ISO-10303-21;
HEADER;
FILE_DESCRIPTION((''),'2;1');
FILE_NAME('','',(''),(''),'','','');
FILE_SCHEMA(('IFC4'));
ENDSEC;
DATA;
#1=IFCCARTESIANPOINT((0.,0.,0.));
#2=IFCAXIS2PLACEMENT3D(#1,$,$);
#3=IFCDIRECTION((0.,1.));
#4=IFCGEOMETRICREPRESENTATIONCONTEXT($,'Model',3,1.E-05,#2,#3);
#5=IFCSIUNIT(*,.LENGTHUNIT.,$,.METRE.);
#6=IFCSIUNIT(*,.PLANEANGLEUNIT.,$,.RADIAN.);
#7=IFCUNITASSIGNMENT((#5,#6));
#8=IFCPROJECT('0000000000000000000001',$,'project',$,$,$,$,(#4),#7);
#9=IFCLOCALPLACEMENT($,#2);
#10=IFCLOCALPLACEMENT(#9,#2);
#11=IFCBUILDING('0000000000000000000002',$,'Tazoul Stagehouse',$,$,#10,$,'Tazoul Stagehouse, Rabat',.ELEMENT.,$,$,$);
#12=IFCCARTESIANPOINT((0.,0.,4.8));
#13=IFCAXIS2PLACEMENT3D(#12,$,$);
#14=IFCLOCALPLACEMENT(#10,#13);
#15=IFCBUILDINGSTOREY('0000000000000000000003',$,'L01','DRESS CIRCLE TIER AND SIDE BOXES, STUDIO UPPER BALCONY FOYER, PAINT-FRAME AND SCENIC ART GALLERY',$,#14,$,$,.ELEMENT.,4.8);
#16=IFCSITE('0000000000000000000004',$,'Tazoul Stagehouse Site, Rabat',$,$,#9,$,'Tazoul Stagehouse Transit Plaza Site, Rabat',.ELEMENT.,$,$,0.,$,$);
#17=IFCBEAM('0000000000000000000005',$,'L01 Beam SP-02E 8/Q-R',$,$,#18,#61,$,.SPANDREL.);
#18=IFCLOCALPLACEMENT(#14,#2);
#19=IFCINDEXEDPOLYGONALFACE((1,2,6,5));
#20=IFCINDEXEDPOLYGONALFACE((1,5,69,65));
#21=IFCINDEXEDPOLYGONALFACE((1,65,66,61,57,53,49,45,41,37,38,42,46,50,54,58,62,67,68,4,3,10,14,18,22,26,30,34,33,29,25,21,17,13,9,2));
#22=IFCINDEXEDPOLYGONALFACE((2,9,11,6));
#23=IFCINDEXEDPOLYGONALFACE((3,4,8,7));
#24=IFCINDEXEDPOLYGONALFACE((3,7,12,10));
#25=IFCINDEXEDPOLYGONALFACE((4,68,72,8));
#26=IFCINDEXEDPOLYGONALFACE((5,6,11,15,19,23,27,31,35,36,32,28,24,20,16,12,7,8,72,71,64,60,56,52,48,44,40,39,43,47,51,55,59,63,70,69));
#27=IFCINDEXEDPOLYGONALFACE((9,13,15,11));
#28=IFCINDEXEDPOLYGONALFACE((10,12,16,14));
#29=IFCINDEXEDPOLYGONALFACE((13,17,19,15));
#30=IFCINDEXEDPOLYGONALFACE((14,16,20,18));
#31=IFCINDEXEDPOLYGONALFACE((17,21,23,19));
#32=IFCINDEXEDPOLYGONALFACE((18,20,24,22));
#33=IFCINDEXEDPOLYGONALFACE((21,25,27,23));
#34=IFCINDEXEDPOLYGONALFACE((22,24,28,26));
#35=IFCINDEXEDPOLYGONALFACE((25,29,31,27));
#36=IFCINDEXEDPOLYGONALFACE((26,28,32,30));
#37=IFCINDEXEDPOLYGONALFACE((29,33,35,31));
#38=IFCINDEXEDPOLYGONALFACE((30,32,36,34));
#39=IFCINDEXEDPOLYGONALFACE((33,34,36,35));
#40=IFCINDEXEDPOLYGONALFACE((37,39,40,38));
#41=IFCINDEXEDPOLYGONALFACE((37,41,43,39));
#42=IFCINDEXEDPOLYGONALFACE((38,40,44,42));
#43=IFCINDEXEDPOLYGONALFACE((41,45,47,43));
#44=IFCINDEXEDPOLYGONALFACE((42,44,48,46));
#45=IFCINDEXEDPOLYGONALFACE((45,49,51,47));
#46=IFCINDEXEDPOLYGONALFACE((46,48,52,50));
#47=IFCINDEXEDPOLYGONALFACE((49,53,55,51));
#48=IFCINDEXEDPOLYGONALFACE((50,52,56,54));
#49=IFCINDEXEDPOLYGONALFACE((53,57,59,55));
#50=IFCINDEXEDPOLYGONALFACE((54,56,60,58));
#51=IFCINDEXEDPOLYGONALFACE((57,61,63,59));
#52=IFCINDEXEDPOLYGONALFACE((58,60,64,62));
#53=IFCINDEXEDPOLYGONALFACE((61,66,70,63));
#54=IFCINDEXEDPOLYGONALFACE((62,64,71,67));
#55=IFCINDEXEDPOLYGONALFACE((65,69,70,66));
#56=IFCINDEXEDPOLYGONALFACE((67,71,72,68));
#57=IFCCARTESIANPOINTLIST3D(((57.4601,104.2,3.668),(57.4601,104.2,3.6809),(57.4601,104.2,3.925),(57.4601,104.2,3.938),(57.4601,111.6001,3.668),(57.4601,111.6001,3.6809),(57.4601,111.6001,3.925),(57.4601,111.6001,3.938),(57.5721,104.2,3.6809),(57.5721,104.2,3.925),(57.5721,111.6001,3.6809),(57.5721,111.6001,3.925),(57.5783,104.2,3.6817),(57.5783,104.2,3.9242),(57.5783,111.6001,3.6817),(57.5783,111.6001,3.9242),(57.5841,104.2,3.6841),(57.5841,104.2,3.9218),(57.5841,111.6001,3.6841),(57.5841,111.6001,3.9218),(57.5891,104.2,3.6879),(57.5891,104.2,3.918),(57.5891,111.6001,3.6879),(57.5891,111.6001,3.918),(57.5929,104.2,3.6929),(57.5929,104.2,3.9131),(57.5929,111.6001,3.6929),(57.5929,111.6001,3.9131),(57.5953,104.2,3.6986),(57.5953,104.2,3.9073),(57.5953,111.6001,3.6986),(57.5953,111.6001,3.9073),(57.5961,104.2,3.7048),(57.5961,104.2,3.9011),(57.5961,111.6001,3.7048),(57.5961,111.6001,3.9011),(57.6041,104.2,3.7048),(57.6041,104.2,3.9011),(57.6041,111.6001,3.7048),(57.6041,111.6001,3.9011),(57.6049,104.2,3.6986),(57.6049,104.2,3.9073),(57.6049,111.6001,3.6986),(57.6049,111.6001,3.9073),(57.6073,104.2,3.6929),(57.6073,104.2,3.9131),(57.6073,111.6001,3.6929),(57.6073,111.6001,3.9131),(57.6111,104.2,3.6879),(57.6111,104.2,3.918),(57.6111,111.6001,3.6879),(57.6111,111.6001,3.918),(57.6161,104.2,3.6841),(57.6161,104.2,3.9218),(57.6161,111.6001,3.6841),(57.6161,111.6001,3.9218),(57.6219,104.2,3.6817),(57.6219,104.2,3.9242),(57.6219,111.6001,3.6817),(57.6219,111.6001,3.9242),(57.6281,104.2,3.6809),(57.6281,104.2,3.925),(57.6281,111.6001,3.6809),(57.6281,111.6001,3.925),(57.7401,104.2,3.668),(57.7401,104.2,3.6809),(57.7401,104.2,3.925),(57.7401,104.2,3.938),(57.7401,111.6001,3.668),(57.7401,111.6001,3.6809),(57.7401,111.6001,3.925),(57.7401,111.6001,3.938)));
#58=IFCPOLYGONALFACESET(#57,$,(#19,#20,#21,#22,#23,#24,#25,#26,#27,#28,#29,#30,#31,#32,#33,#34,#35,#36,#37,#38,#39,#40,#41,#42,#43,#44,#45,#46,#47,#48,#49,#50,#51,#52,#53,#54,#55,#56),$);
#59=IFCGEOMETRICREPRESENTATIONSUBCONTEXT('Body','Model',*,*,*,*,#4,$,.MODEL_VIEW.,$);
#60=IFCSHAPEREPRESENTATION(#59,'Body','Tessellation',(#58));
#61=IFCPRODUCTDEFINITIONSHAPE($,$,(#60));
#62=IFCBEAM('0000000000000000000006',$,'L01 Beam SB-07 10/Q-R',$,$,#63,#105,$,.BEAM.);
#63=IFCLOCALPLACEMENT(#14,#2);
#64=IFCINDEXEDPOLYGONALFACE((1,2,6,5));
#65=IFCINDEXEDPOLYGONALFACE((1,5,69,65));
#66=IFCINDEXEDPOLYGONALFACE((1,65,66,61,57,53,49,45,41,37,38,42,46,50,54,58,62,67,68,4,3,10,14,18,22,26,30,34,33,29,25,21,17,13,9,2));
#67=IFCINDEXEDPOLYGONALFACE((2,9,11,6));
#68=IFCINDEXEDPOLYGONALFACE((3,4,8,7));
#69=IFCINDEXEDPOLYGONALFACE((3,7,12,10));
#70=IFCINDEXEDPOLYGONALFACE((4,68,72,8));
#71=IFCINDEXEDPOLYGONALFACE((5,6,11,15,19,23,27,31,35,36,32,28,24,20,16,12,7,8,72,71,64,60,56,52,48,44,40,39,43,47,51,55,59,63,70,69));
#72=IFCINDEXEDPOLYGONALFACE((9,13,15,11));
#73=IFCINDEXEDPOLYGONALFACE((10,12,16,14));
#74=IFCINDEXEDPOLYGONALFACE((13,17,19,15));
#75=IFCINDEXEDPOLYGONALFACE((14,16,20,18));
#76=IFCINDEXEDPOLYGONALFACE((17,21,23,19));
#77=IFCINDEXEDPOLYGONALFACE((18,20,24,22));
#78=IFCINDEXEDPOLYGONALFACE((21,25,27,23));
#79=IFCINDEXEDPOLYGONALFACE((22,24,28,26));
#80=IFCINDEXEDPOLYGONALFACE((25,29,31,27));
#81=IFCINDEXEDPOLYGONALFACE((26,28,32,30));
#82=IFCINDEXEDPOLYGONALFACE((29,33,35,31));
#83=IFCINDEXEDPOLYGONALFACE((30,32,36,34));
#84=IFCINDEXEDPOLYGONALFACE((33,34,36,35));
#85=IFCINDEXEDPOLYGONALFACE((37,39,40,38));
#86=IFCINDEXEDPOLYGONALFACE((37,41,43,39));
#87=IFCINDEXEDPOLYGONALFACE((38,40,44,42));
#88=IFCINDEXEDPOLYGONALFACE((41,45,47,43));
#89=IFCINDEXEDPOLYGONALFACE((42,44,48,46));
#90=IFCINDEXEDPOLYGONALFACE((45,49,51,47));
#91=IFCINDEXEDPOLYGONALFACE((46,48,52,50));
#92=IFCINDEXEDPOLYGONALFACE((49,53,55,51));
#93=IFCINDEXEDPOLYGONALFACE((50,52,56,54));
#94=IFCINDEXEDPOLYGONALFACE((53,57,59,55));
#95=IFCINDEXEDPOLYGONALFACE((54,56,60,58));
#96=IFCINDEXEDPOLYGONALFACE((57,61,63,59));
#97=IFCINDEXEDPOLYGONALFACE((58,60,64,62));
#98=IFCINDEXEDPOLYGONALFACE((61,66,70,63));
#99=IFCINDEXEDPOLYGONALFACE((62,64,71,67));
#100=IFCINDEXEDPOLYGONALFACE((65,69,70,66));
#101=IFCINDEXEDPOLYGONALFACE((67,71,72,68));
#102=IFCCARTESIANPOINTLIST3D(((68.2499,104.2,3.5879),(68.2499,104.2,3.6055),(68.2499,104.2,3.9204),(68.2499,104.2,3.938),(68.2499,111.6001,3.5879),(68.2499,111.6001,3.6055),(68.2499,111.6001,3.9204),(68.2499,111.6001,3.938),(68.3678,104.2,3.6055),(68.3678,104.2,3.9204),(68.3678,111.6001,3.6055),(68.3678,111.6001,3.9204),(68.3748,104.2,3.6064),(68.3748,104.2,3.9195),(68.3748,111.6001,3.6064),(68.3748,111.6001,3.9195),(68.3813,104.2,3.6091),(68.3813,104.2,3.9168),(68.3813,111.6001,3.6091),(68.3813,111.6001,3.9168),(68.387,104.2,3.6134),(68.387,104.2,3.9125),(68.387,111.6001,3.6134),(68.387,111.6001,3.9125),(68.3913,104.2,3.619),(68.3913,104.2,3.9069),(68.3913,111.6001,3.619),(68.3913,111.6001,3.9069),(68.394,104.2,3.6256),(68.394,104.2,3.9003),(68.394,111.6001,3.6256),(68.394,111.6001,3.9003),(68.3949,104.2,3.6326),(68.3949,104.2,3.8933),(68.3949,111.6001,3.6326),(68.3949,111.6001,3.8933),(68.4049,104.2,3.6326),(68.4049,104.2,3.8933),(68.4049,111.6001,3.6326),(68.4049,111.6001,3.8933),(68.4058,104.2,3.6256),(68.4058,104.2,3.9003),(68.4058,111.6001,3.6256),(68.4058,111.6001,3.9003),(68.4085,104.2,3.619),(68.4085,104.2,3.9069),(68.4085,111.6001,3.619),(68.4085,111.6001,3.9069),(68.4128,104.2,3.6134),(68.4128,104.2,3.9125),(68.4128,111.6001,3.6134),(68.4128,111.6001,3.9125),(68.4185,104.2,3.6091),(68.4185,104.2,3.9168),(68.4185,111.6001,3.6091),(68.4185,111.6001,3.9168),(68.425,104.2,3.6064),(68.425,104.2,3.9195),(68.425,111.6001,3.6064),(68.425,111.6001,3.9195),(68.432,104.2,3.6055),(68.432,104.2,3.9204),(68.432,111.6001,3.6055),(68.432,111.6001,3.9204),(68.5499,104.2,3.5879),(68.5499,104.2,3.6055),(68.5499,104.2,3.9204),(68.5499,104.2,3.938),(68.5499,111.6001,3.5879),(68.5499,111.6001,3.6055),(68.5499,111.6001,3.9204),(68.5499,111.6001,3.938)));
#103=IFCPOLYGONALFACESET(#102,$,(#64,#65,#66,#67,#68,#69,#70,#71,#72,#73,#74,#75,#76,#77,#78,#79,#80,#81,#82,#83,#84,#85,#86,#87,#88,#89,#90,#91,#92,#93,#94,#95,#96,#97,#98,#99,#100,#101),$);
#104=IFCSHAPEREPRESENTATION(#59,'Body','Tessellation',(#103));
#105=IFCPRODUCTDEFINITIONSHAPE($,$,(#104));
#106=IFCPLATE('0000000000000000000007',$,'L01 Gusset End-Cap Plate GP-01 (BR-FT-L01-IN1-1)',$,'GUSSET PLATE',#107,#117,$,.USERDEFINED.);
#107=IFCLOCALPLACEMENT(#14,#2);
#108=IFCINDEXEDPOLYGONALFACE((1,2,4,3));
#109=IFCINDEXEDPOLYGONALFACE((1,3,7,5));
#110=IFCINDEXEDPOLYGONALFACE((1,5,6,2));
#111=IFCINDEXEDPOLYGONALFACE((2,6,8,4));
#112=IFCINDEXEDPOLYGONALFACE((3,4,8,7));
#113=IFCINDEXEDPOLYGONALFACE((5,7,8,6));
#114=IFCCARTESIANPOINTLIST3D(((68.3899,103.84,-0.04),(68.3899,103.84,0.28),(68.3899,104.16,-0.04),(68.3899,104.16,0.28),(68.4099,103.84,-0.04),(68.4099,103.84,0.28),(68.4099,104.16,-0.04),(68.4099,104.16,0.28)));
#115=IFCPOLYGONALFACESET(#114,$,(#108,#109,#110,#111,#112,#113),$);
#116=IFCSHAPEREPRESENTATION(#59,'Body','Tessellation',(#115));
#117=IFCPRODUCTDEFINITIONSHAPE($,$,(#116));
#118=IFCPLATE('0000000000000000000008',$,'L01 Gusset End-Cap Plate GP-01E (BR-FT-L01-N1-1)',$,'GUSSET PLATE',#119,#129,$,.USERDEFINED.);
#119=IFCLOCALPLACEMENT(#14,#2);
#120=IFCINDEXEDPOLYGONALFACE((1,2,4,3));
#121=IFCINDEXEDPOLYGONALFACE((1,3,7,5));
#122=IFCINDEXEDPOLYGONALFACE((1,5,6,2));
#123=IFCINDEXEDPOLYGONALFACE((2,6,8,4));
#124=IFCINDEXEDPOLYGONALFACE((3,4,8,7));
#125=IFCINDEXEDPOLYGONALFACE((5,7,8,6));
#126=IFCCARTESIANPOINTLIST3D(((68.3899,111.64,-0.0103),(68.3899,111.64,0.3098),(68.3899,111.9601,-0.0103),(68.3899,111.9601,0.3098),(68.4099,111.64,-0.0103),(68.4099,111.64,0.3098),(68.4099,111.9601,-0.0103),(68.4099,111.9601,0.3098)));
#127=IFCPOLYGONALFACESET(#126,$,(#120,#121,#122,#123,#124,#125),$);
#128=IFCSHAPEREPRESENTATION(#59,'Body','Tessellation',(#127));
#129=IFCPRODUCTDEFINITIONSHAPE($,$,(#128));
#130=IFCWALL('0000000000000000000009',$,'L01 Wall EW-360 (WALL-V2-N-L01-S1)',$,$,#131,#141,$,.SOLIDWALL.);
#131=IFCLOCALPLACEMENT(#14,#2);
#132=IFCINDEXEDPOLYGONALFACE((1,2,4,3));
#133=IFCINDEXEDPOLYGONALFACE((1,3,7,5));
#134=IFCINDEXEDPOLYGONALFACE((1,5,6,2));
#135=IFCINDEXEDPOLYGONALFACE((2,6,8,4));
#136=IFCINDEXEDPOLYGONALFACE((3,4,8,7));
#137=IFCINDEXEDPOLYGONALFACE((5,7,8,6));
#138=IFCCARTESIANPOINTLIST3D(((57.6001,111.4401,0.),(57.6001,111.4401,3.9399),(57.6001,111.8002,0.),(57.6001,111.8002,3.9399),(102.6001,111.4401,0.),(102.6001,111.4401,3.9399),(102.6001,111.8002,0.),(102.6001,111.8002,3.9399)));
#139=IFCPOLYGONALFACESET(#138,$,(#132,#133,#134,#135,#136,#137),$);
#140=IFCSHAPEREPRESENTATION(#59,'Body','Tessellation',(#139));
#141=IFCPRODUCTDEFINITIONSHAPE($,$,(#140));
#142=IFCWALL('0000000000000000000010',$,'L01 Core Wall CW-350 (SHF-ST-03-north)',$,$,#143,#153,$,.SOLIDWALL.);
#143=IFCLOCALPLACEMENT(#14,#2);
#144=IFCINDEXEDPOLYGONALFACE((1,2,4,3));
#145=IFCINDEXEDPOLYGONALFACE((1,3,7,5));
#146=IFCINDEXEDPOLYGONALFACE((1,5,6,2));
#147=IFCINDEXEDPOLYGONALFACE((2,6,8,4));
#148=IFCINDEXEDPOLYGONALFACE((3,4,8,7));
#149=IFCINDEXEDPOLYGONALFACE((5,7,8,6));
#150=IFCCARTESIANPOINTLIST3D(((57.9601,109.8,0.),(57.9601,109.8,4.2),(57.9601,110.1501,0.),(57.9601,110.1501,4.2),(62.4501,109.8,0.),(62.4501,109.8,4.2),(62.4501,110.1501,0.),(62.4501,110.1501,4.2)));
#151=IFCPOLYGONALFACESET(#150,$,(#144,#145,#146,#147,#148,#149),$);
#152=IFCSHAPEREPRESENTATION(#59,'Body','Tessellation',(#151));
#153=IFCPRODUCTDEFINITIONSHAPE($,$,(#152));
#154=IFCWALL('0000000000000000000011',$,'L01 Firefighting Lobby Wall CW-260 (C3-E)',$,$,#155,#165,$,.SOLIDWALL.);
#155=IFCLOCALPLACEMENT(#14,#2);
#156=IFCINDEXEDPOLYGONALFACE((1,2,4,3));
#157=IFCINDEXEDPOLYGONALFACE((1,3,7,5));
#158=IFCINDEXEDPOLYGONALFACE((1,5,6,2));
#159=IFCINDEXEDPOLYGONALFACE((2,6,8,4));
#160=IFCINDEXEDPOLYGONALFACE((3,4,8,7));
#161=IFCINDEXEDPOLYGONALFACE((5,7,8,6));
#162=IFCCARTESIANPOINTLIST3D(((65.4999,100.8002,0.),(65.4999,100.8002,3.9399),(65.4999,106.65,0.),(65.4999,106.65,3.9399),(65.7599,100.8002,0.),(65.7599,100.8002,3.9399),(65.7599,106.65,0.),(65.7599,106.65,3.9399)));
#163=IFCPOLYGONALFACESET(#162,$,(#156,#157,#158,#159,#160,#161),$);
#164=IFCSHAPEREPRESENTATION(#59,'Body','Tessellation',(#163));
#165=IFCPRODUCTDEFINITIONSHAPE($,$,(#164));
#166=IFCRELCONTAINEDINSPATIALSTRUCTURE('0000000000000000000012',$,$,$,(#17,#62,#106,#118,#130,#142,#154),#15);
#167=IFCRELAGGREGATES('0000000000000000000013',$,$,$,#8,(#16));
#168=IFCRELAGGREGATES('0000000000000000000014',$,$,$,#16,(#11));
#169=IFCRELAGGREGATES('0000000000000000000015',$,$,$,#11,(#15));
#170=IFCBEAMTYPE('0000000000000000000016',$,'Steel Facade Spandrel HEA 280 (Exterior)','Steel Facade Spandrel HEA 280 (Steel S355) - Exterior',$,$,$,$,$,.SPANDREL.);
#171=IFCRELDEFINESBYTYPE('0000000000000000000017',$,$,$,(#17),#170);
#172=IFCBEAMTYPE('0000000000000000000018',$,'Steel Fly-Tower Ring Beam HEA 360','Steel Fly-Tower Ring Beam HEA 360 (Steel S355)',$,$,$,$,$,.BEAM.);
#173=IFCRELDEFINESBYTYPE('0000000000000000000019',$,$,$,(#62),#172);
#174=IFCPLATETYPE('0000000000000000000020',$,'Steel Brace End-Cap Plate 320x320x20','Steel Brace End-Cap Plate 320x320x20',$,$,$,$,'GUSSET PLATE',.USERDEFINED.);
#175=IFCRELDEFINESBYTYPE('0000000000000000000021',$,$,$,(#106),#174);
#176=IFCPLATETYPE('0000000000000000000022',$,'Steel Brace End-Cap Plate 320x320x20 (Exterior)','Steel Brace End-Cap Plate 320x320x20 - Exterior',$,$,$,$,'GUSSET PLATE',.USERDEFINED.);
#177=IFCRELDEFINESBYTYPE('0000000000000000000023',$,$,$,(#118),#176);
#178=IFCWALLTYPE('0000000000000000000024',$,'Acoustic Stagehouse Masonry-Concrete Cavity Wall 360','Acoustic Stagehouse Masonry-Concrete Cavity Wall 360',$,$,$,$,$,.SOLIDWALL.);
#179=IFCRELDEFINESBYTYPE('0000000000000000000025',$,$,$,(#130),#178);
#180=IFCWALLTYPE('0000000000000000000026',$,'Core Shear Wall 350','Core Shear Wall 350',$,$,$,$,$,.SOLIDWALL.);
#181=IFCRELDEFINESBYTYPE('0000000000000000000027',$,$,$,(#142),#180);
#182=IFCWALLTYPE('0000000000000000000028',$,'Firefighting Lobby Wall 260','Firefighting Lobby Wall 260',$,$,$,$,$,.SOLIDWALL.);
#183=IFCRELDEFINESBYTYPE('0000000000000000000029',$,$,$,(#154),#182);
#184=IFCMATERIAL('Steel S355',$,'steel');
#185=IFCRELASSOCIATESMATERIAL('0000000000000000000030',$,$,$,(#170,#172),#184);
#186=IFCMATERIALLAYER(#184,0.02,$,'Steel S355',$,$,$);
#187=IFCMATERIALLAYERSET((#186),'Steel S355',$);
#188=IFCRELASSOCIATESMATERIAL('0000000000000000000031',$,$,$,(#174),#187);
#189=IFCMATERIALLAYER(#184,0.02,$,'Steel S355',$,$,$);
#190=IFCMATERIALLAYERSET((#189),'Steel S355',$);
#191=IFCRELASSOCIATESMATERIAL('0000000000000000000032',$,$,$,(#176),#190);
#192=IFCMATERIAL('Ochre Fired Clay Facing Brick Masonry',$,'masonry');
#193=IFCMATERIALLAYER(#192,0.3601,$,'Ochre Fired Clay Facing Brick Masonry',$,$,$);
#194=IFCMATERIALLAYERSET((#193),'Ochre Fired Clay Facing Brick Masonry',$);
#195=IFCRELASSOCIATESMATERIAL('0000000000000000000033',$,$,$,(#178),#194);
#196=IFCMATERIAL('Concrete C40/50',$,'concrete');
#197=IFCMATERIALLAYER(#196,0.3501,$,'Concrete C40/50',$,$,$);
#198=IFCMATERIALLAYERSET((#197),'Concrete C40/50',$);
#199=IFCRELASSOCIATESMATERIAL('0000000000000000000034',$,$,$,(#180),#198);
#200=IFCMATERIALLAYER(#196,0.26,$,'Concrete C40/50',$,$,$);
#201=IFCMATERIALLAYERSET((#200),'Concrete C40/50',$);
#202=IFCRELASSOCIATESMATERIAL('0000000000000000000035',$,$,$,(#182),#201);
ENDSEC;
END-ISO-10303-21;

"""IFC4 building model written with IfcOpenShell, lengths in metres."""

from ifc_helpers import new_model, si_unit, direction, frame, frame_2d, origin, origin_2d, place, context, subcontext, project, spatial, rectangle, i_section, extrude, material, layer, layer_set, material_profile, profile_set, type_object, element, save


model = new_model("IFC4")

# Units and contexts
model_context = context("Model", 3, precision=1e-05, world=origin(), true_north=direction((0.0, 1.0)))
body_context = subcontext(model_context, "Body", "Model", "MODEL_VIEW")
ifc_project = project(units=[si_unit("LENGTHUNIT", "METRE"), si_unit("PLANEANGLEUNIT", "RADIAN")], contexts=[model_context])

# Site, building, storey
site_placement = place(None, origin())
site = spatial("IfcSite", under=ifc_project, at=site_placement, Name="Tazoul Stagehouse Site, Rabat", LongName="Tazoul Stagehouse Transit Plaza Site, Rabat", CompositionType="ELEMENT", RefElevation=0.0)
building_placement = place(site_placement, origin())
building = spatial("IfcBuilding", under=site, at=building_placement, Name="Tazoul Stagehouse", LongName="Tazoul Stagehouse, Rabat", CompositionType="ELEMENT")
storey_placement = place(building_placement, frame((0.0, 0.0, 4.8)))
storey = spatial("IfcBuildingStorey", under=building, at=storey_placement, Name="L01", Description="DRESS CIRCLE TIER AND SIDE BOXES, STUDIO UPPER BALCONY FOYER, PAINT-FRAME AND SCENIC ART GALLERY", CompositionType="ELEMENT", Elevation=4.8)

# Shared definitions
ifc_material_1 = material(Name="Steel S355", Category="steel")

# Shared definitions
ifc_material_2 = material(Name="Concrete C40/50", Category="concrete")

# Beams
ifc_material_profile_1 = material_profile(ifc_material_1, i_section(OverallWidth=0.28, OverallDepth=0.27, WebThickness=0.0081, FlangeThickness=0.0129, FilletRadius=0.0239, at=origin_2d()), Name="HEA 280")
ifc_profile_set_1 = profile_set([ifc_material_profile_1], Name="Steel S355")
beam_type_1 = type_object("IfcBeamType", Name="Steel Facade Spandrel HEA 280 (Exterior)", Description="Steel Facade Spandrel HEA 280 (Steel S355) - Exterior", PredefinedType="SPANDREL", material=ifc_profile_set_1)
beam_1_placement = place(storey_placement, frame((57.6001, 104.2, 3.803), z_axis=(0.0, 1.0, 0.0), x_axis=(-1.0, 0.0, 0.0)))
element("IfcBeam", 1, at=beam_1_placement, inside=storey, type_object=beam_type_1, Name="L01 Beam SP-02E 8/Q-R", PredefinedType="SPANDREL", context=body_context, shape_type="SweptSolid", body=[
    extrude(i_section(OverallWidth=0.28, OverallDepth=0.27, WebThickness=0.0081, FlangeThickness=0.0129, FilletRadius=0.0239, at=origin_2d()), origin(), (0.0, 0.0, 1.0), 7.4001),
])
ifc_material_profile_2 = material_profile(ifc_material_1, i_section(OverallWidth=0.3, OverallDepth=0.3501, WebThickness=0.01, FlangeThickness=0.0176, FilletRadius=0.0271, at=origin_2d()), Name="HEA 360")
ifc_profile_set_2 = profile_set([ifc_material_profile_2], Name="Steel S355")
beam_type_2 = type_object("IfcBeamType", Name="Steel Fly-Tower Ring Beam HEA 360", Description="Steel Fly-Tower Ring Beam HEA 360 (Steel S355)", PredefinedType="BEAM", material=ifc_profile_set_2)
beam_2_placement = place(storey_placement, frame((68.3999, 104.2, 3.7629), z_axis=(0.0, 1.0, 0.0), x_axis=(-1.0, 0.0, 0.0)))
element("IfcBeam", 2, at=beam_2_placement, inside=storey, type_object=beam_type_2, Name="L01 Beam SB-07 10/Q-R", PredefinedType="BEAM", context=body_context, shape_type="SweptSolid", body=[
    extrude(i_section(OverallWidth=0.3, OverallDepth=0.3501, WebThickness=0.01, FlangeThickness=0.0176, FilletRadius=0.0271, at=origin_2d()), origin(), (0.0, 0.0, 1.0), 7.4001),
])

# Plates
ifc_layer_1 = layer(ifc_material_1, 0.02, Name="Steel S355")
ifc_layer_set_1 = layer_set([ifc_layer_1], Name="Steel S355")
plate_type_1 = type_object("IfcPlateType", Name="Steel Brace End-Cap Plate 320x320x20", Description="Steel Brace End-Cap Plate 320x320x20", ElementType="GUSSET PLATE", PredefinedType="USERDEFINED", material=ifc_layer_set_1)
plate_1_placement = place(storey_placement, frame((68.3999, 104.0, -0.04), z_axis=(0.0, 0.0, 1.0), x_axis=(1.0, 0.0, 0.0)))
element("IfcPlate", 3, at=plate_1_placement, inside=storey, type_object=plate_type_1, Name="L01 Gusset End-Cap Plate GP-01 (BR-FT-L01-IN1-1)", ObjectType="GUSSET PLATE", PredefinedType="USERDEFINED", context=body_context, shape_type="SweptSolid", body=[
    extrude(rectangle(XDim=0.02, YDim=0.3201, at=origin_2d()), origin(), (0.0, 0.0, 1.0), 0.3201),
])
ifc_layer_2 = layer(ifc_material_1, 0.02, Name="Steel S355")
ifc_layer_set_2 = layer_set([ifc_layer_2], Name="Steel S355")
plate_type_2 = type_object("IfcPlateType", Name="Steel Brace End-Cap Plate 320x320x20 (Exterior)", Description="Steel Brace End-Cap Plate 320x320x20 - Exterior", ElementType="GUSSET PLATE", PredefinedType="USERDEFINED", material=ifc_layer_set_2)
plate_2_placement = place(storey_placement, frame((68.3999, 111.8, -0.0103), z_axis=(0.0, 0.0, 1.0), x_axis=(1.0, 0.0, 0.0)))
element("IfcPlate", 4, at=plate_2_placement, inside=storey, type_object=plate_type_2, Name="L01 Gusset End-Cap Plate GP-01E (BR-FT-L01-N1-1)", ObjectType="GUSSET PLATE", PredefinedType="USERDEFINED", context=body_context, shape_type="SweptSolid", body=[
    extrude(rectangle(XDim=0.02, YDim=0.3201, at=origin_2d()), origin(), (0.0, 0.0, 1.0), 0.3201),
])

# Walls
ifc_material_3 = material(Name="Ochre Fired Clay Facing Brick Masonry", Category="masonry")
ifc_layer_3 = layer(ifc_material_3, 0.3601, Name="Ochre Fired Clay Facing Brick Masonry")
ifc_layer_set_3 = layer_set([ifc_layer_3], Name="Ochre Fired Clay Facing Brick Masonry")
wall_type_1 = type_object("IfcWallType", Name="Acoustic Stagehouse Masonry-Concrete Cavity Wall 360", Description="Acoustic Stagehouse Masonry-Concrete Cavity Wall 360", PredefinedType="SOLIDWALL", material=ifc_layer_set_3)
wall_1_placement = place(storey_placement, frame((57.6001, 111.6201, 0.0), z_axis=(0.0, 0.0, 1.0), x_axis=(1.0, 0.0, 0.0)))
element("IfcWall", 5, at=wall_1_placement, inside=storey, type_object=wall_type_1, Name="L01 Wall EW-360 (WALL-V2-N-L01-S1)", PredefinedType="SOLIDWALL", context=body_context, shape_type="SweptSolid", body=[
    extrude(rectangle(XDim=45.0, YDim=0.3601, at=frame_2d((22.5, 0.0))), origin(), (0.0, 0.0, 1.0), 3.9399),
])
ifc_layer_4 = layer(ifc_material_2, 0.3501, Name="Concrete C40/50")
ifc_layer_set_4 = layer_set([ifc_layer_4], Name="Concrete C40/50")
wall_type_2 = type_object("IfcWallType", Name="Core Shear Wall 350", Description="Core Shear Wall 350", PredefinedType="SOLIDWALL", material=ifc_layer_set_4)
wall_2_placement = place(storey_placement, frame((57.96, 109.9751, 0.0), z_axis=(0.0, 0.0, 1.0), x_axis=(1.0, 0.0, 0.0)))
element("IfcWall", 6, at=wall_2_placement, inside=storey, type_object=wall_type_2, Name="L01 Core Wall CW-350 (SHF-ST-03-north)", PredefinedType="SOLIDWALL", context=body_context, shape_type="SweptSolid", body=[
    extrude(rectangle(XDim=4.49, YDim=0.3501, at=frame_2d((2.2451, 0.0))), origin(), (0.0, 0.0, 1.0), 4.2),
])

# Wall
ifc_layer_5 = layer(ifc_material_2, 0.26, Name="Concrete C40/50")
ifc_layer_set_5 = layer_set([ifc_layer_5], Name="Concrete C40/50")
wall_type_3 = type_object("IfcWallType", Name="Firefighting Lobby Wall 260", Description="Firefighting Lobby Wall 260", PredefinedType="SOLIDWALL", material=ifc_layer_set_5)
wall_3_placement = place(storey_placement, frame((65.6299, 106.6499, 0.0), z_axis=(0.0, 0.0, 1.0), x_axis=(0.0, -1.0, 0.0)))
element("IfcWall", 7, at=wall_3_placement, inside=storey, type_object=wall_type_3, Name="L01 Firefighting Lobby Wall CW-260 (C3-E)", PredefinedType="SOLIDWALL", context=body_context, shape_type="SweptSolid", body=[
    extrude(rectangle(XDim=5.8499, YDim=0.26, at=frame_2d((2.9248, 0.0))), origin(), (0.0, 0.0, 1.0), 3.9399),
])

save(model, "model.ifc")
